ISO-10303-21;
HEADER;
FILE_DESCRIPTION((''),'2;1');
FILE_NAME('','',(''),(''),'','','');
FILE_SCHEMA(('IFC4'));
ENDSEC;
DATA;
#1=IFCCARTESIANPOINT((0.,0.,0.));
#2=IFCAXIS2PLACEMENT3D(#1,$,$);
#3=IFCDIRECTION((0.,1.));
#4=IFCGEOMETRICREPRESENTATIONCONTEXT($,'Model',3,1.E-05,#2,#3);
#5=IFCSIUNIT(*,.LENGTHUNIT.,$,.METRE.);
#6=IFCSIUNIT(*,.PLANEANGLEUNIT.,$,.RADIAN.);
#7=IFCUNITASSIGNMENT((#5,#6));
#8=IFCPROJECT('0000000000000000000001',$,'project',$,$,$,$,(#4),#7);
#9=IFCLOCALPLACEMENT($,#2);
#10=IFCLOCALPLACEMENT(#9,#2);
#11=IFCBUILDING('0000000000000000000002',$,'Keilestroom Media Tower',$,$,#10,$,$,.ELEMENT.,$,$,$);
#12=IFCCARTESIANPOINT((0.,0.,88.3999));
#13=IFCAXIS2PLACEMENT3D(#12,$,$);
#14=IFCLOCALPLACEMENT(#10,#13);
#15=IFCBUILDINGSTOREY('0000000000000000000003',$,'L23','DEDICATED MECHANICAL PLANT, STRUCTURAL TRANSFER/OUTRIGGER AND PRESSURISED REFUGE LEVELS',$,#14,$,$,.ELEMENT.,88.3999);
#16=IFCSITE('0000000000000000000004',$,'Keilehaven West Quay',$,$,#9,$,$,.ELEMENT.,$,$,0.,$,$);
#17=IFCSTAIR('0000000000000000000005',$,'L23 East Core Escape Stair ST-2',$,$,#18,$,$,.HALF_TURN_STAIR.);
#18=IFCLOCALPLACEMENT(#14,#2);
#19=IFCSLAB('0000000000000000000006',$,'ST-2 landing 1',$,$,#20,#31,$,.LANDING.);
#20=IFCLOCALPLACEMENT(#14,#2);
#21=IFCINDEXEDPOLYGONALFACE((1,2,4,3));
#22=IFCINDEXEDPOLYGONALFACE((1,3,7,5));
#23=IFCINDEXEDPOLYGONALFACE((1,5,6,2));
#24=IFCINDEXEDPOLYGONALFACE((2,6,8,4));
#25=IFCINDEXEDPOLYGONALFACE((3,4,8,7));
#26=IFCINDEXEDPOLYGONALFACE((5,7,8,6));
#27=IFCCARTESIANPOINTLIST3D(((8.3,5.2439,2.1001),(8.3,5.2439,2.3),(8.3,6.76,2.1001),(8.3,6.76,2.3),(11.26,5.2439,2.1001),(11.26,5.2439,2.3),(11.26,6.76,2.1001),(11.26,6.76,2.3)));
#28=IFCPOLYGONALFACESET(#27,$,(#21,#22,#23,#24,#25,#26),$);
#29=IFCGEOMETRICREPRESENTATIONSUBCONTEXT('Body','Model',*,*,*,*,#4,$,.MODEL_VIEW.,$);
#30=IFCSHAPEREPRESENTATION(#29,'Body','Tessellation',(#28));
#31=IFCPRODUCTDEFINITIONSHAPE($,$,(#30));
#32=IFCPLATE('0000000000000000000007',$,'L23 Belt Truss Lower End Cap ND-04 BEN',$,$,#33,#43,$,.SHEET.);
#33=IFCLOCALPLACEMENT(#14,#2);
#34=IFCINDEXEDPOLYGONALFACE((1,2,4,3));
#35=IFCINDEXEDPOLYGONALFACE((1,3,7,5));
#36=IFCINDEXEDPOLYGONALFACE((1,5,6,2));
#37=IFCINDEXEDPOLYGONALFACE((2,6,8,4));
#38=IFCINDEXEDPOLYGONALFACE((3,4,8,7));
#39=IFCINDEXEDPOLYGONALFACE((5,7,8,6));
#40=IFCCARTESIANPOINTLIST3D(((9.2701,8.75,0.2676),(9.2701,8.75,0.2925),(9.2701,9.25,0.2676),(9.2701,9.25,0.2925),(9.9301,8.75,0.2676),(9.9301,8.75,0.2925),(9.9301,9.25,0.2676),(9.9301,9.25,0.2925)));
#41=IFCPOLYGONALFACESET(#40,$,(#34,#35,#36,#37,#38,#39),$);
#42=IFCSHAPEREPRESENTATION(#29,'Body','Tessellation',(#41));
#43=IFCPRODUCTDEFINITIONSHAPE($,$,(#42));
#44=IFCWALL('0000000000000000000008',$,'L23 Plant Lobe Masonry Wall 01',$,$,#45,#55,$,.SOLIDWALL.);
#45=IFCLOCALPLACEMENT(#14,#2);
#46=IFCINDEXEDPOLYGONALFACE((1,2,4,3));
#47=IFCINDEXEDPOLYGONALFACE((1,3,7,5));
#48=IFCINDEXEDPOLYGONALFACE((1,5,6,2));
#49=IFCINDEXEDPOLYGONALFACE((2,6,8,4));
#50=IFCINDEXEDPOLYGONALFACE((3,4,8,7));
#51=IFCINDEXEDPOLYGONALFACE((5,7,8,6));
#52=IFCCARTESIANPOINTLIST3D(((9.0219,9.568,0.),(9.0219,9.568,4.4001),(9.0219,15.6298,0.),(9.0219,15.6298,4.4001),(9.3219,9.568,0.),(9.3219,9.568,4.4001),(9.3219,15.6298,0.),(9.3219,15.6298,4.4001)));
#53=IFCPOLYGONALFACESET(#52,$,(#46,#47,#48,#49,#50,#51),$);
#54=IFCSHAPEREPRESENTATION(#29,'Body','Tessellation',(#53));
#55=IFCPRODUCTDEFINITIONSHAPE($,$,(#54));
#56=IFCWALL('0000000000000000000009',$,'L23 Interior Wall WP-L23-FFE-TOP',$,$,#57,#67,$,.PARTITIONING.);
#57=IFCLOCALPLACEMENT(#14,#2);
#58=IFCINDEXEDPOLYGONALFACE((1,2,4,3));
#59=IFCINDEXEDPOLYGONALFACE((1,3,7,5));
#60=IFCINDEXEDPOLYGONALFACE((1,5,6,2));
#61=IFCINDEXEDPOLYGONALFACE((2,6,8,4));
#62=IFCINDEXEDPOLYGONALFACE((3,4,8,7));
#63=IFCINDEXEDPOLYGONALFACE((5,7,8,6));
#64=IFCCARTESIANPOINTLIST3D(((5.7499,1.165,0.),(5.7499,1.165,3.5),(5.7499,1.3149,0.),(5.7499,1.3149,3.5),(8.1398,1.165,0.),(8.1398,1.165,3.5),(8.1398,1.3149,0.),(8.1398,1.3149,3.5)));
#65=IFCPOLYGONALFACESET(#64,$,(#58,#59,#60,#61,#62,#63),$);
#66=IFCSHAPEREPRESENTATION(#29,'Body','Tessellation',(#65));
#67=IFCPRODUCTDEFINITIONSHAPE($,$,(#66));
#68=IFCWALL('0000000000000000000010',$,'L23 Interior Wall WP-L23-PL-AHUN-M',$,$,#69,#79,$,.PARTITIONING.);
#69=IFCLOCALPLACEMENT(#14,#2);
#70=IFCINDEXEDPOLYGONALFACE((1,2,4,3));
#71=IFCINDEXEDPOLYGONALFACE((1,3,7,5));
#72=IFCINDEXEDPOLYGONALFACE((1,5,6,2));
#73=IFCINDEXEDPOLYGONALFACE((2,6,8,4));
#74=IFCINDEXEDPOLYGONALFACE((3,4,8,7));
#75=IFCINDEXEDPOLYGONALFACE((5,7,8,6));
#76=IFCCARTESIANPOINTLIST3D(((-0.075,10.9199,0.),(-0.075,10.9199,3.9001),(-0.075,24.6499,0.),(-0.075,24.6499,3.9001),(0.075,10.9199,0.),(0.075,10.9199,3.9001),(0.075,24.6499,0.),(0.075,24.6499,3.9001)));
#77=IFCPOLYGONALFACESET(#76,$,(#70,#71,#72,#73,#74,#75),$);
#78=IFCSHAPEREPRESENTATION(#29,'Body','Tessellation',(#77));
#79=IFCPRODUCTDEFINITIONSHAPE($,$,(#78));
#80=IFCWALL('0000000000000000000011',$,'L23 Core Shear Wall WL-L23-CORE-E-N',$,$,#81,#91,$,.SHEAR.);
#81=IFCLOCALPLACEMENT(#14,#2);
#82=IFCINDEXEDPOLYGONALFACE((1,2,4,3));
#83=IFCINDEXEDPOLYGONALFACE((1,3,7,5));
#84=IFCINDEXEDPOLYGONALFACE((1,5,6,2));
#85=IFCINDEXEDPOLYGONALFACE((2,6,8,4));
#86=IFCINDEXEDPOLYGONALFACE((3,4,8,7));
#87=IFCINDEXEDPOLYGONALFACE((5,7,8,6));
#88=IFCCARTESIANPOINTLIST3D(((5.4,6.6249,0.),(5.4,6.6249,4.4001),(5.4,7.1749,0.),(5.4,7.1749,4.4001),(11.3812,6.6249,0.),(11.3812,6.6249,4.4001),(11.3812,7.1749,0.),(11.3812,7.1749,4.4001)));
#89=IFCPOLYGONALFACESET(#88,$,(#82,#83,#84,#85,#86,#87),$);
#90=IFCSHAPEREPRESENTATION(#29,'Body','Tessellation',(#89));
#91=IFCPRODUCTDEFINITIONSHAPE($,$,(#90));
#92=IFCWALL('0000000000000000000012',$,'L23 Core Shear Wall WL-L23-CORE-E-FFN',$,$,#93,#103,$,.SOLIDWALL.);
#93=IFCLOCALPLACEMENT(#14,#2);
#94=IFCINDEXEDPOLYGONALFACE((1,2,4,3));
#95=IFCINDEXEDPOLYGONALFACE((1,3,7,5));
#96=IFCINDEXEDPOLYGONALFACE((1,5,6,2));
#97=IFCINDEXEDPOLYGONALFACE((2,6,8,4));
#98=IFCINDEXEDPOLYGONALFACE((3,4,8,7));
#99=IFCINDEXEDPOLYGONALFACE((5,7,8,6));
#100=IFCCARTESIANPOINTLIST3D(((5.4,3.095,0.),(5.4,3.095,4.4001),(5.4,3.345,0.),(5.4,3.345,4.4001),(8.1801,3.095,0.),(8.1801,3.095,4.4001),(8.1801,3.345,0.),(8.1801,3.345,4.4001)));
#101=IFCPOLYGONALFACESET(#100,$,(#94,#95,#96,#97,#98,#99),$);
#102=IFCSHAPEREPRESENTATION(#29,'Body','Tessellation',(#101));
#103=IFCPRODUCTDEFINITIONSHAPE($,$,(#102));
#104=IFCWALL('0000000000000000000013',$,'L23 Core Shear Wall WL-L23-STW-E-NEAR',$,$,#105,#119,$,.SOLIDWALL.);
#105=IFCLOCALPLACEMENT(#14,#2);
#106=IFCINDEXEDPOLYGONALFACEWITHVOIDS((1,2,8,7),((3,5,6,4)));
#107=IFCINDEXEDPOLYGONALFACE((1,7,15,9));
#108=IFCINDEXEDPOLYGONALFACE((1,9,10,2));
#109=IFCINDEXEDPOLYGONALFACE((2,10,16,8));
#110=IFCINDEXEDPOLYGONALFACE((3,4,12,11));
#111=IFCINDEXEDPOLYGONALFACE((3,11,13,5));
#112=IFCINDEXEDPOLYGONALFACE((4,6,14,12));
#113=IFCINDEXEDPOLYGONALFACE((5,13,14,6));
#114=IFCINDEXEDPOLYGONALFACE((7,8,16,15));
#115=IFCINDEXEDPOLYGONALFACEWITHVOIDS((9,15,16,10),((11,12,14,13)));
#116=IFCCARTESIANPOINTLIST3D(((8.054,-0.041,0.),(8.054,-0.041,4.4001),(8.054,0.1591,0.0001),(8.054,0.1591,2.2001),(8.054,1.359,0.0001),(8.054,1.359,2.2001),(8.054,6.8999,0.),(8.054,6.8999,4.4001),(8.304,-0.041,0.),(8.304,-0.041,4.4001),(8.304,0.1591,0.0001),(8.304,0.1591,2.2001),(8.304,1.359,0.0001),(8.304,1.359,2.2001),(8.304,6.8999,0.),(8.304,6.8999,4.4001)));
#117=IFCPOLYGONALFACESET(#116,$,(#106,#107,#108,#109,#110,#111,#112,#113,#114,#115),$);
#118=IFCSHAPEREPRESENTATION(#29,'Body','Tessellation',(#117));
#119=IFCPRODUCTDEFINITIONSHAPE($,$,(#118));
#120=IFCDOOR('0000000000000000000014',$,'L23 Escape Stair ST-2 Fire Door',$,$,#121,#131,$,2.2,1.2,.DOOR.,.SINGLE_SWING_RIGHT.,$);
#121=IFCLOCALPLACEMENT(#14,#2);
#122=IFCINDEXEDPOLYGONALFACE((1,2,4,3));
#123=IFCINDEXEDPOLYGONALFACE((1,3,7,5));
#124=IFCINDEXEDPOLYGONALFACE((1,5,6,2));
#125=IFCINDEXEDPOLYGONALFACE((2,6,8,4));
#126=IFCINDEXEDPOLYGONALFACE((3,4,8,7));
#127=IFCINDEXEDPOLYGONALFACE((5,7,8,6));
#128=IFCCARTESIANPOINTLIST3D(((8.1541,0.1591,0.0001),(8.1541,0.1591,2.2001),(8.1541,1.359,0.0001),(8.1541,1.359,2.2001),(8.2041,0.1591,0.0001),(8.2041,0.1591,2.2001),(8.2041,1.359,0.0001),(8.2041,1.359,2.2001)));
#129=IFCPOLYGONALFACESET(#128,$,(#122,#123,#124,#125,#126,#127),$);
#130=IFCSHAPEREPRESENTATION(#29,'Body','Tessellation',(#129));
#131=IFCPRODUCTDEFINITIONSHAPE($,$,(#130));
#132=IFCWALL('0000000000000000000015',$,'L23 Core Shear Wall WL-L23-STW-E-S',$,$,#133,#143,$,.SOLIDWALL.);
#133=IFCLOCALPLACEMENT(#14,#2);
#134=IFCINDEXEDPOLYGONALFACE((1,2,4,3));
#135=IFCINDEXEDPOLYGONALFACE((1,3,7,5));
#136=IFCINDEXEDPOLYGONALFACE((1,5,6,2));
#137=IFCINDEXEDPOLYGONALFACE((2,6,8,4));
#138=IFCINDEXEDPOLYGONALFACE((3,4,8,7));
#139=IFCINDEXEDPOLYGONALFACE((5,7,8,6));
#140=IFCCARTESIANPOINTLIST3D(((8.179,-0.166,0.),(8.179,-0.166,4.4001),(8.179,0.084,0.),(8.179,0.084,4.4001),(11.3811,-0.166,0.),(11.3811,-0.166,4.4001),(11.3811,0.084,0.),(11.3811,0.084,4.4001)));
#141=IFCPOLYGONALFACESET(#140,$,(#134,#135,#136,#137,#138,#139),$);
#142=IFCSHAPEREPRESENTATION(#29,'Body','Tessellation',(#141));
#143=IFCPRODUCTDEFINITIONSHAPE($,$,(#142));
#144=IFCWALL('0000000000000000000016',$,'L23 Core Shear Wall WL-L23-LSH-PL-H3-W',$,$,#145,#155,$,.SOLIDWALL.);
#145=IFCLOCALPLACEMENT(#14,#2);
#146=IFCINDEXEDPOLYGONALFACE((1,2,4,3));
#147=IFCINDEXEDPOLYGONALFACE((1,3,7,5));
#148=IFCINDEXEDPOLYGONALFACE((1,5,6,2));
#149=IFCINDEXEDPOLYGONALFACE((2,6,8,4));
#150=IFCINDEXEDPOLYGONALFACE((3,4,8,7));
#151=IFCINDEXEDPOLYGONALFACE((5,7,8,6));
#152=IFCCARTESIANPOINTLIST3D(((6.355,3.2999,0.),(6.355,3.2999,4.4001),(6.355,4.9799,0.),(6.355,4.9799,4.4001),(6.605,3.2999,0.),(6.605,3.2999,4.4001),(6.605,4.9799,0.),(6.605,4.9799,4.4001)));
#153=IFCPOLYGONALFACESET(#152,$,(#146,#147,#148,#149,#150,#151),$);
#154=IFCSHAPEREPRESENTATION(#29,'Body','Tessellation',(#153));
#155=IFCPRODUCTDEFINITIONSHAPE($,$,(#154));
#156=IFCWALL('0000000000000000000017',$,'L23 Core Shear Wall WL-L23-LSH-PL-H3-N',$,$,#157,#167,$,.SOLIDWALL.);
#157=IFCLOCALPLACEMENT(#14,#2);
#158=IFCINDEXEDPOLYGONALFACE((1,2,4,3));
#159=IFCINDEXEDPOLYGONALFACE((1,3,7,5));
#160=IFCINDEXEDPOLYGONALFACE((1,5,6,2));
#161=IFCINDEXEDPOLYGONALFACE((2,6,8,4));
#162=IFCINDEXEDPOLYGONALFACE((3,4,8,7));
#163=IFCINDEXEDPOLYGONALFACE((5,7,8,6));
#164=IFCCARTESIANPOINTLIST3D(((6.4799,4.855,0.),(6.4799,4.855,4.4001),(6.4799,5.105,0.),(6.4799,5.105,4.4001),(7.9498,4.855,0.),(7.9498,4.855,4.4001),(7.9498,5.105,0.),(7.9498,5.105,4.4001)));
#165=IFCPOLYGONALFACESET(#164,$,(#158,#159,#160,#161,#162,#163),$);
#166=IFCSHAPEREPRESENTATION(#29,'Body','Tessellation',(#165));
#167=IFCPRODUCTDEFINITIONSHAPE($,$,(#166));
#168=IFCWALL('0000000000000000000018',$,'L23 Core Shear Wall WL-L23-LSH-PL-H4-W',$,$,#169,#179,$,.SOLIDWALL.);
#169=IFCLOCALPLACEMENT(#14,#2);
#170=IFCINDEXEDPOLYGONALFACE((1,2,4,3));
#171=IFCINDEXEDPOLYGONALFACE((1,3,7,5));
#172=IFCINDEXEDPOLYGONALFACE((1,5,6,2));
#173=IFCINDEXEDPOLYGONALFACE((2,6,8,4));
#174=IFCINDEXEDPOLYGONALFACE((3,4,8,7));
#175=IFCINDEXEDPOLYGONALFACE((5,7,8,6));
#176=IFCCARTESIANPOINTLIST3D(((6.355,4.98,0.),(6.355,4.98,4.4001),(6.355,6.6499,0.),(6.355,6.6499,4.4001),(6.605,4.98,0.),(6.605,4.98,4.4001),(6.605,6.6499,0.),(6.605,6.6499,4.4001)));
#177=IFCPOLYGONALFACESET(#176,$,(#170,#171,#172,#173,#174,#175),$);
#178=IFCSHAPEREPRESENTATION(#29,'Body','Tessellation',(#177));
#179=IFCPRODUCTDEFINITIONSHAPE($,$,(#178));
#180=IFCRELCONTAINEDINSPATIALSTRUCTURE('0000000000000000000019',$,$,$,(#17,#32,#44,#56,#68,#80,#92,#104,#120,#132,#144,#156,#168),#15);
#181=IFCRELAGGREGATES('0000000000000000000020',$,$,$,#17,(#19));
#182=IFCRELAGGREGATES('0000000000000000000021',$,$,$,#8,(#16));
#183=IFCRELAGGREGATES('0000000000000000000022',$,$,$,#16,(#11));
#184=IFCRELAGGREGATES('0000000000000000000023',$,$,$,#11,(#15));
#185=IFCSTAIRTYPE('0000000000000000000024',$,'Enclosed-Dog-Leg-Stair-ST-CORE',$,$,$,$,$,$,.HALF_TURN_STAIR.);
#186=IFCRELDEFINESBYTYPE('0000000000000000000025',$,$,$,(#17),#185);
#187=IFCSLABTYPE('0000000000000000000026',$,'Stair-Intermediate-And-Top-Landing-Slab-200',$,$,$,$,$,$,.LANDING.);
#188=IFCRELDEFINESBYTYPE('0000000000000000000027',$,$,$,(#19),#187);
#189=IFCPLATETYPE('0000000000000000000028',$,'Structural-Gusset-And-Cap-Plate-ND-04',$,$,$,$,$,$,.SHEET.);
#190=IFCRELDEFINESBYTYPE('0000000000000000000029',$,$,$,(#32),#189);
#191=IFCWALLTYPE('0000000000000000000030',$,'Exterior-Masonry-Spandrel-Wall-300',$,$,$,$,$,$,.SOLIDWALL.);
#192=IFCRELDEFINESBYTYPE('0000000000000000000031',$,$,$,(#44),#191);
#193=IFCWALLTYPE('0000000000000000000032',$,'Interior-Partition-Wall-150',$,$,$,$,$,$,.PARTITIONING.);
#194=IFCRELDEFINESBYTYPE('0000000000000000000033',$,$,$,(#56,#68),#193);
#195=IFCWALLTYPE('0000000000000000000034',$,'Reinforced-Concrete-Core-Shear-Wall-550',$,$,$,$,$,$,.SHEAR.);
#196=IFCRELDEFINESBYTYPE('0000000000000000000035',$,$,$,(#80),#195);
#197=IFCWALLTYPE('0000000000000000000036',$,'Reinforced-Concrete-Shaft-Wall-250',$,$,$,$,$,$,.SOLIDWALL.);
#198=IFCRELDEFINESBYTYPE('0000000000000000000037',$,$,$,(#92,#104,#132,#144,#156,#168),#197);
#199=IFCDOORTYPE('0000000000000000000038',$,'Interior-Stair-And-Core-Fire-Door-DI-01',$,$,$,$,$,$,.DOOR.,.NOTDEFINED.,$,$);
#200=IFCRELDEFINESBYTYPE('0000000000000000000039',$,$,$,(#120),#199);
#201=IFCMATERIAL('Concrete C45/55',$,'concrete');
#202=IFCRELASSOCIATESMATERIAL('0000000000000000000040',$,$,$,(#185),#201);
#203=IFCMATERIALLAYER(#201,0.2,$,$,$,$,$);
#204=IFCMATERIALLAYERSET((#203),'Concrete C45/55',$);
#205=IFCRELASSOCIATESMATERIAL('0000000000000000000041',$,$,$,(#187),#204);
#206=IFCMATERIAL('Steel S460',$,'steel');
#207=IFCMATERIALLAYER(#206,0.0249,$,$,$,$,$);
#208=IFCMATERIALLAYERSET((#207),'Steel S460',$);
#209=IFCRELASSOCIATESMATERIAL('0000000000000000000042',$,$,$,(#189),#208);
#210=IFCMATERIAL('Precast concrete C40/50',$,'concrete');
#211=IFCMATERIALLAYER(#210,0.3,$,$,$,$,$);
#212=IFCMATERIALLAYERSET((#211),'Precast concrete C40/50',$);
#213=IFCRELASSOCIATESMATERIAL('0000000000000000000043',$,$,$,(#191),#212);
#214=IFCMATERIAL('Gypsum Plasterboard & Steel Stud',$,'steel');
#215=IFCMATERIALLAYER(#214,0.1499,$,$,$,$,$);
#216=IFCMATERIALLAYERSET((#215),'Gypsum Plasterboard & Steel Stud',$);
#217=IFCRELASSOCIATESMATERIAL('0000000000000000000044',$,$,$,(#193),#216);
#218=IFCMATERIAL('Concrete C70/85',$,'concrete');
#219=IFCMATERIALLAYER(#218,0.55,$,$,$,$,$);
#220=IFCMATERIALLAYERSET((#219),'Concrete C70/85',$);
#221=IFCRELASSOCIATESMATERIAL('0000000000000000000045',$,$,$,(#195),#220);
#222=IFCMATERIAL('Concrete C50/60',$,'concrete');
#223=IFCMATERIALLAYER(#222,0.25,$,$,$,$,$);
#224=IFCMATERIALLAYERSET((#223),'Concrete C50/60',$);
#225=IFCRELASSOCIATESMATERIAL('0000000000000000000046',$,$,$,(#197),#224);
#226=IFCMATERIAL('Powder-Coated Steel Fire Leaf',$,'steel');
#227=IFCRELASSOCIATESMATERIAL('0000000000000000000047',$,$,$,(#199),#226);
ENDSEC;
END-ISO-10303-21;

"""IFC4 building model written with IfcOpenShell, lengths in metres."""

from ifc_helpers import new_model, si_unit, direction, frame, frame_2d, origin, origin_2d, place, context, subcontext, project, spatial, polyline, rectangle, outline, extrude, source, transform, mapped, material, layer, layer_set, type_object, element, fill, aggregate, save


model = new_model("IFC4")

# Units and contexts
model_context = context("Model", 3, precision=1e-05, world=origin(), true_north=direction((0.0, 1.0)))
body_context = subcontext(model_context, "Body", "Model", "MODEL_VIEW")
ifc_project = project(units=[si_unit("LENGTHUNIT", "METRE"), si_unit("PLANEANGLEUNIT", "RADIAN")], contexts=[model_context])

# Site, building, storey
site_placement = place(None, origin())
site = spatial("IfcSite", under=ifc_project, at=site_placement, Name="Keilehaven West Quay", CompositionType="ELEMENT", RefElevation=0.0)
building_placement = place(site_placement, origin())
building = spatial("IfcBuilding", under=site, at=building_placement, Name="Keilestroom Media Tower", CompositionType="ELEMENT")
storey_placement = place(building_placement, frame((0.0, 0.0, 88.3999)))
storey = spatial("IfcBuildingStorey", under=building, at=storey_placement, Name="L23", Description="DEDICATED MECHANICAL PLANT, STRUCTURAL TRANSFER/OUTRIGGER AND PRESSURISED REFUGE LEVELS", CompositionType="ELEMENT", Elevation=88.3999)

# Shared definitions
ifc_material_1 = material(Name="Concrete C70/85", Category="concrete")

# Shared definitions
ifc_material_2 = material(Name="Steel S460", Category="steel")

# Stair, slab
ifc_material_3 = material(Name="Concrete C45/55", Category="concrete")
stair_type = type_object("IfcStairType", Name="Enclosed-Dog-Leg-Stair-ST-CORE", PredefinedType="HALF_TURN_STAIR", material=ifc_material_3)
ifc_layer_1 = layer(ifc_material_3, 0.2)
ifc_layer_set_1 = layer_set([ifc_layer_1], Name="Concrete C45/55")
slab_type = type_object("IfcSlabType", Name="Stair-Intermediate-And-Top-Landing-Slab-200", PredefinedType="LANDING", material=ifc_layer_set_1)
stair_1_placement = place(storey_placement, origin())
stair_1 = element("IfcStair", 1, at=stair_1_placement, inside=storey, type_object=stair_type, Name="L23 East Core Escape Stair ST-2", PredefinedType="HALF_TURN_STAIR")
slab_1_placement = place(storey_placement, frame((0.0, 0.0, 2.1001)))
slab_1 = element("IfcSlab", 2, at=slab_1_placement, type_object=slab_type, Name="ST-2 landing 1", PredefinedType="LANDING", context=body_context, shape_type="SweptSolid", body=[
    extrude(outline(polyline([(11.26, 5.2439), (11.26, 6.76), (8.3, 6.76), (8.3, 5.2439), (11.26, 5.2439)])), origin(), (0.0, 0.0, 1.0), 0.2),
])

# Plate
ifc_layer_2 = layer(ifc_material_2, 0.0249)
ifc_layer_set_2 = layer_set([ifc_layer_2], Name="Steel S460")
plate_type = type_object("IfcPlateType", Name="Structural-Gusset-And-Cap-Plate-ND-04", PredefinedType="SHEET", material=ifc_layer_set_2)
shared_shape_1 = source(origin(), body_context, "Body", "SweptSolid", [
    extrude(rectangle(XDim=0.6599, YDim=0.5, at=origin_2d()), origin(), (0.0, 0.0, 1.0), 0.0249),
])
plate_placement = place(storey_placement, frame((9.6001, 9.0, 0.2676), z_axis=(0.0, 0.0, 1.0), x_axis=(1.0, 0.0, 0.0)))
element("IfcPlate", 3, at=plate_placement, inside=storey, type_object=plate_type, Name="L23 Belt Truss Lower End Cap ND-04 BEN", PredefinedType="SHEET", context=body_context, shape_type="MappedRepresentation", body=[
    mapped(shared_shape_1, transform((0.0, 0.0, 0.0), x_axis=(1.0, 0.0, 0.0), y_axis=(0.0, 1.0, 0.0), z_axis=(0.0, 0.0, 1.0), scale=1.0)),
])

# Walls
ifc_material_4 = material(Name="Precast concrete C40/50", Category="concrete")
ifc_layer_3 = layer(ifc_material_4, 0.3)
ifc_layer_set_3 = layer_set([ifc_layer_3], Name="Precast concrete C40/50")
wall_type_1 = type_object("IfcWallType", Name="Exterior-Masonry-Spandrel-Wall-300", PredefinedType="SOLIDWALL", material=ifc_layer_set_3)
wall_1_placement = place(storey_placement, frame((9.1719, 9.5681, 0.0), z_axis=(0.0, 0.0, 1.0), x_axis=(0.0, 1.0, 0.0)))
element("IfcWall", 4, at=wall_1_placement, inside=storey, type_object=wall_type_1, Name="L23 Plant Lobe Masonry Wall 01", PredefinedType="SOLIDWALL", context=body_context, shape_type="SweptSolid", body=[
    extrude(rectangle(XDim=6.0618, YDim=0.3, at=frame_2d((3.0308, 0.0))), origin(), (0.0, 0.0, 1.0), 4.4001),
])
ifc_material_5 = material(Name="Gypsum Plasterboard & Steel Stud", Category="steel")
ifc_layer_4 = layer(ifc_material_5, 0.1499)
ifc_layer_set_4 = layer_set([ifc_layer_4], Name="Gypsum Plasterboard & Steel Stud")
wall_type_2 = type_object("IfcWallType", Name="Interior-Partition-Wall-150", PredefinedType="PARTITIONING", material=ifc_layer_set_4)
wall_2_placement = place(storey_placement, frame((5.75, 1.24, 0.0), z_axis=(0.0, 0.0, 1.0), x_axis=(1.0, 0.0, 0.0)))
element("IfcWall", 5, at=wall_2_placement, inside=storey, type_object=wall_type_2, Name="L23 Interior Wall WP-L23-FFE-TOP", PredefinedType="PARTITIONING", context=body_context, shape_type="SweptSolid", body=[
    extrude(rectangle(XDim=2.3899, YDim=0.1499, at=frame_2d((1.1948, 0.0))), origin(), (0.0, 0.0, 1.0), 3.5),
])
wall_3_placement = place(storey_placement, frame((0.0, 10.9199, 0.0), z_axis=(0.0, 0.0, 1.0), x_axis=(0.0, 1.0, 0.0)))
element("IfcWall", 6, at=wall_3_placement, inside=storey, type_object=wall_type_2, Name="L23 Interior Wall WP-L23-PL-AHUN-M", PredefinedType="PARTITIONING", context=body_context, shape_type="SweptSolid", body=[
    extrude(rectangle(XDim=13.73, YDim=0.1499, at=frame_2d((6.865, 0.0))), origin(), (0.0, 0.0, 1.0), 3.9001),
])
ifc_layer_5 = layer(ifc_material_1, 0.55)
ifc_layer_set_5 = layer_set([ifc_layer_5], Name="Concrete C70/85")
wall_type_3 = type_object("IfcWallType", Name="Reinforced-Concrete-Core-Shear-Wall-550", PredefinedType="SHEAR", material=ifc_layer_set_5)
wall_4_placement = place(storey_placement, frame((5.3999, 6.8999, 0.0), z_axis=(0.0, 0.0, 1.0), x_axis=(1.0, 0.0, 0.0)))
element("IfcWall", 7, at=wall_4_placement, inside=storey, type_object=wall_type_3, Name="L23 Core Shear Wall WL-L23-CORE-E-N", PredefinedType="SHEAR", context=body_context, shape_type="SweptSolid", body=[
    extrude(rectangle(XDim=5.9812, YDim=0.55, at=frame_2d((2.9907, 0.0))), origin(), (0.0, 0.0, 1.0), 4.4001),
])
ifc_material_6 = material(Name="Concrete C50/60", Category="concrete")
ifc_layer_6 = layer(ifc_material_6, 0.25)
ifc_layer_set_6 = layer_set([ifc_layer_6], Name="Concrete C50/60")
wall_type_4 = type_object("IfcWallType", Name="Reinforced-Concrete-Shaft-Wall-250", PredefinedType="SOLIDWALL", material=ifc_layer_set_6)
wall_5_placement = place(storey_placement, frame((5.3999, 3.22, 0.0), z_axis=(0.0, 0.0, 1.0), x_axis=(1.0, 0.0, 0.0)))
element("IfcWall", 8, at=wall_5_placement, inside=storey, type_object=wall_type_4, Name="L23 Core Shear Wall WL-L23-CORE-E-FFN", PredefinedType="SOLIDWALL", context=body_context, shape_type="SweptSolid", body=[
    extrude(rectangle(XDim=2.78, YDim=0.25, at=frame_2d((1.3901, 0.0))), origin(), (0.0, 0.0, 1.0), 4.4001),
])

# Wall, opening, door
wall_6_placement = place(storey_placement, frame((8.179, -0.041, 0.0), z_axis=(0.0, 0.0, 1.0), x_axis=(0.0, 1.0, 0.0)))
wall_6 = element("IfcWall", 9, at=wall_6_placement, inside=storey, type_object=wall_type_4, Name="L23 Core Shear Wall WL-L23-STW-E-NEAR", PredefinedType="SOLIDWALL", context=body_context, shape_type="SweptSolid", body=[
    extrude(rectangle(XDim=6.9409, YDim=0.25, at=frame_2d((3.4705, 0.0))), origin(), (0.0, 0.0, 1.0), 4.4001),
])
opening_placement = place(wall_6_placement, frame((0.2, 0.0, 0.0)))
opening = element("IfcOpeningElement", 10, at=opening_placement, cuts=wall_6, PredefinedType="OPENING", context=body_context, shape_type="SweptSolid", body=[
    extrude(rectangle(XDim=1.2, YDim=2.2, at=frame_2d((0.6001, 1.1001))), frame((0.0, 0.135, 0.0), z_axis=(0.0, -1.0, 0.0), x_axis=(1.0, 0.0, 0.0)), (0.0, 0.0, 1.0), 0.27),
])
ifc_material_7 = material(Name="Powder-Coated Steel Fire Leaf", Category="steel")
door_type = type_object("IfcDoorType", Name="Interior-Stair-And-Core-Fire-Door-DI-01", OperationType="NOTDEFINED", PredefinedType="DOOR", material=ifc_material_7)
shared_shape_2 = source(origin(), body_context, "Body", "SweptSolid", [
    extrude(rectangle(XDim=1.2, YDim=2.2, at=frame_2d((0.6001, 1.1001))), frame((0.0, 0.0249, 0.0), z_axis=(0.0, -1.0, 0.0), x_axis=(1.0, 0.0, 0.0)), (0.0, 0.0, 1.0), 0.05),
])
door_placement = place(opening_placement, origin())
door = element("IfcDoor", 11, at=door_placement, inside=storey, type_object=door_type, Name="L23 Escape Stair ST-2 Fire Door", OperationType="SINGLE_SWING_RIGHT", OverallHeight=2.2, OverallWidth=1.2, PredefinedType="DOOR", context=body_context, shape_type="MappedRepresentation", body=[
    mapped(shared_shape_2, transform((0.0, 0.0, 0.0), x_axis=(1.0, 0.0, 0.0), y_axis=(0.0, 1.0, 0.0), z_axis=(0.0, 0.0, 1.0), scale=1.0)),
])
fill(opening, door)

# Walls
wall_7_placement = place(storey_placement, frame((8.179, -0.041, 0.0), z_axis=(0.0, 0.0, 1.0), x_axis=(1.0, 0.0, 0.0)))
element("IfcWall", 12, at=wall_7_placement, inside=storey, type_object=wall_type_4, Name="L23 Core Shear Wall WL-L23-STW-E-S", PredefinedType="SOLIDWALL", context=body_context, shape_type="SweptSolid", body=[
    extrude(rectangle(XDim=3.2021, YDim=0.25, at=frame_2d((1.6011, 0.0))), origin(), (0.0, 0.0, 1.0), 4.4001),
])
wall_8_placement = place(storey_placement, frame((6.48, 3.3, 0.0), z_axis=(0.0, 0.0, 1.0), x_axis=(0.0, 1.0, 0.0)))
element("IfcWall", 13, at=wall_8_placement, inside=storey, type_object=wall_type_4, Name="L23 Core Shear Wall WL-L23-LSH-PL-H3-W", PredefinedType="SOLIDWALL", context=body_context, shape_type="SweptSolid", body=[
    extrude(rectangle(XDim=1.6799, YDim=0.25, at=frame_2d((0.8398, 0.0))), origin(), (0.0, 0.0, 1.0), 4.4001),
])
wall_9_placement = place(storey_placement, frame((6.48, 4.98, 0.0), z_axis=(0.0, 0.0, 1.0), x_axis=(1.0, 0.0, 0.0)))
element("IfcWall", 14, at=wall_9_placement, inside=storey, type_object=wall_type_4, Name="L23 Core Shear Wall WL-L23-LSH-PL-H3-N", PredefinedType="SOLIDWALL", context=body_context, shape_type="SweptSolid", body=[
    extrude(rectangle(XDim=1.47, YDim=0.25, at=frame_2d((0.7349, 0.0))), origin(), (0.0, 0.0, 1.0), 4.4001),
])
wall_10_placement = place(storey_placement, frame((6.48, 4.98, 0.0), z_axis=(0.0, 0.0, 1.0), x_axis=(0.0, 1.0, 0.0)))
element("IfcWall", 15, at=wall_10_placement, inside=storey, type_object=wall_type_4, Name="L23 Core Shear Wall WL-L23-LSH-PL-H4-W", PredefinedType="SOLIDWALL", context=body_context, shape_type="SweptSolid", body=[
    extrude(rectangle(XDim=1.6699, YDim=0.25, at=frame_2d((0.835, 0.0))), origin(), (0.0, 0.0, 1.0), 4.4001),
])

aggregate(stair_1, [slab_1])

save(model, "model.ifc")
